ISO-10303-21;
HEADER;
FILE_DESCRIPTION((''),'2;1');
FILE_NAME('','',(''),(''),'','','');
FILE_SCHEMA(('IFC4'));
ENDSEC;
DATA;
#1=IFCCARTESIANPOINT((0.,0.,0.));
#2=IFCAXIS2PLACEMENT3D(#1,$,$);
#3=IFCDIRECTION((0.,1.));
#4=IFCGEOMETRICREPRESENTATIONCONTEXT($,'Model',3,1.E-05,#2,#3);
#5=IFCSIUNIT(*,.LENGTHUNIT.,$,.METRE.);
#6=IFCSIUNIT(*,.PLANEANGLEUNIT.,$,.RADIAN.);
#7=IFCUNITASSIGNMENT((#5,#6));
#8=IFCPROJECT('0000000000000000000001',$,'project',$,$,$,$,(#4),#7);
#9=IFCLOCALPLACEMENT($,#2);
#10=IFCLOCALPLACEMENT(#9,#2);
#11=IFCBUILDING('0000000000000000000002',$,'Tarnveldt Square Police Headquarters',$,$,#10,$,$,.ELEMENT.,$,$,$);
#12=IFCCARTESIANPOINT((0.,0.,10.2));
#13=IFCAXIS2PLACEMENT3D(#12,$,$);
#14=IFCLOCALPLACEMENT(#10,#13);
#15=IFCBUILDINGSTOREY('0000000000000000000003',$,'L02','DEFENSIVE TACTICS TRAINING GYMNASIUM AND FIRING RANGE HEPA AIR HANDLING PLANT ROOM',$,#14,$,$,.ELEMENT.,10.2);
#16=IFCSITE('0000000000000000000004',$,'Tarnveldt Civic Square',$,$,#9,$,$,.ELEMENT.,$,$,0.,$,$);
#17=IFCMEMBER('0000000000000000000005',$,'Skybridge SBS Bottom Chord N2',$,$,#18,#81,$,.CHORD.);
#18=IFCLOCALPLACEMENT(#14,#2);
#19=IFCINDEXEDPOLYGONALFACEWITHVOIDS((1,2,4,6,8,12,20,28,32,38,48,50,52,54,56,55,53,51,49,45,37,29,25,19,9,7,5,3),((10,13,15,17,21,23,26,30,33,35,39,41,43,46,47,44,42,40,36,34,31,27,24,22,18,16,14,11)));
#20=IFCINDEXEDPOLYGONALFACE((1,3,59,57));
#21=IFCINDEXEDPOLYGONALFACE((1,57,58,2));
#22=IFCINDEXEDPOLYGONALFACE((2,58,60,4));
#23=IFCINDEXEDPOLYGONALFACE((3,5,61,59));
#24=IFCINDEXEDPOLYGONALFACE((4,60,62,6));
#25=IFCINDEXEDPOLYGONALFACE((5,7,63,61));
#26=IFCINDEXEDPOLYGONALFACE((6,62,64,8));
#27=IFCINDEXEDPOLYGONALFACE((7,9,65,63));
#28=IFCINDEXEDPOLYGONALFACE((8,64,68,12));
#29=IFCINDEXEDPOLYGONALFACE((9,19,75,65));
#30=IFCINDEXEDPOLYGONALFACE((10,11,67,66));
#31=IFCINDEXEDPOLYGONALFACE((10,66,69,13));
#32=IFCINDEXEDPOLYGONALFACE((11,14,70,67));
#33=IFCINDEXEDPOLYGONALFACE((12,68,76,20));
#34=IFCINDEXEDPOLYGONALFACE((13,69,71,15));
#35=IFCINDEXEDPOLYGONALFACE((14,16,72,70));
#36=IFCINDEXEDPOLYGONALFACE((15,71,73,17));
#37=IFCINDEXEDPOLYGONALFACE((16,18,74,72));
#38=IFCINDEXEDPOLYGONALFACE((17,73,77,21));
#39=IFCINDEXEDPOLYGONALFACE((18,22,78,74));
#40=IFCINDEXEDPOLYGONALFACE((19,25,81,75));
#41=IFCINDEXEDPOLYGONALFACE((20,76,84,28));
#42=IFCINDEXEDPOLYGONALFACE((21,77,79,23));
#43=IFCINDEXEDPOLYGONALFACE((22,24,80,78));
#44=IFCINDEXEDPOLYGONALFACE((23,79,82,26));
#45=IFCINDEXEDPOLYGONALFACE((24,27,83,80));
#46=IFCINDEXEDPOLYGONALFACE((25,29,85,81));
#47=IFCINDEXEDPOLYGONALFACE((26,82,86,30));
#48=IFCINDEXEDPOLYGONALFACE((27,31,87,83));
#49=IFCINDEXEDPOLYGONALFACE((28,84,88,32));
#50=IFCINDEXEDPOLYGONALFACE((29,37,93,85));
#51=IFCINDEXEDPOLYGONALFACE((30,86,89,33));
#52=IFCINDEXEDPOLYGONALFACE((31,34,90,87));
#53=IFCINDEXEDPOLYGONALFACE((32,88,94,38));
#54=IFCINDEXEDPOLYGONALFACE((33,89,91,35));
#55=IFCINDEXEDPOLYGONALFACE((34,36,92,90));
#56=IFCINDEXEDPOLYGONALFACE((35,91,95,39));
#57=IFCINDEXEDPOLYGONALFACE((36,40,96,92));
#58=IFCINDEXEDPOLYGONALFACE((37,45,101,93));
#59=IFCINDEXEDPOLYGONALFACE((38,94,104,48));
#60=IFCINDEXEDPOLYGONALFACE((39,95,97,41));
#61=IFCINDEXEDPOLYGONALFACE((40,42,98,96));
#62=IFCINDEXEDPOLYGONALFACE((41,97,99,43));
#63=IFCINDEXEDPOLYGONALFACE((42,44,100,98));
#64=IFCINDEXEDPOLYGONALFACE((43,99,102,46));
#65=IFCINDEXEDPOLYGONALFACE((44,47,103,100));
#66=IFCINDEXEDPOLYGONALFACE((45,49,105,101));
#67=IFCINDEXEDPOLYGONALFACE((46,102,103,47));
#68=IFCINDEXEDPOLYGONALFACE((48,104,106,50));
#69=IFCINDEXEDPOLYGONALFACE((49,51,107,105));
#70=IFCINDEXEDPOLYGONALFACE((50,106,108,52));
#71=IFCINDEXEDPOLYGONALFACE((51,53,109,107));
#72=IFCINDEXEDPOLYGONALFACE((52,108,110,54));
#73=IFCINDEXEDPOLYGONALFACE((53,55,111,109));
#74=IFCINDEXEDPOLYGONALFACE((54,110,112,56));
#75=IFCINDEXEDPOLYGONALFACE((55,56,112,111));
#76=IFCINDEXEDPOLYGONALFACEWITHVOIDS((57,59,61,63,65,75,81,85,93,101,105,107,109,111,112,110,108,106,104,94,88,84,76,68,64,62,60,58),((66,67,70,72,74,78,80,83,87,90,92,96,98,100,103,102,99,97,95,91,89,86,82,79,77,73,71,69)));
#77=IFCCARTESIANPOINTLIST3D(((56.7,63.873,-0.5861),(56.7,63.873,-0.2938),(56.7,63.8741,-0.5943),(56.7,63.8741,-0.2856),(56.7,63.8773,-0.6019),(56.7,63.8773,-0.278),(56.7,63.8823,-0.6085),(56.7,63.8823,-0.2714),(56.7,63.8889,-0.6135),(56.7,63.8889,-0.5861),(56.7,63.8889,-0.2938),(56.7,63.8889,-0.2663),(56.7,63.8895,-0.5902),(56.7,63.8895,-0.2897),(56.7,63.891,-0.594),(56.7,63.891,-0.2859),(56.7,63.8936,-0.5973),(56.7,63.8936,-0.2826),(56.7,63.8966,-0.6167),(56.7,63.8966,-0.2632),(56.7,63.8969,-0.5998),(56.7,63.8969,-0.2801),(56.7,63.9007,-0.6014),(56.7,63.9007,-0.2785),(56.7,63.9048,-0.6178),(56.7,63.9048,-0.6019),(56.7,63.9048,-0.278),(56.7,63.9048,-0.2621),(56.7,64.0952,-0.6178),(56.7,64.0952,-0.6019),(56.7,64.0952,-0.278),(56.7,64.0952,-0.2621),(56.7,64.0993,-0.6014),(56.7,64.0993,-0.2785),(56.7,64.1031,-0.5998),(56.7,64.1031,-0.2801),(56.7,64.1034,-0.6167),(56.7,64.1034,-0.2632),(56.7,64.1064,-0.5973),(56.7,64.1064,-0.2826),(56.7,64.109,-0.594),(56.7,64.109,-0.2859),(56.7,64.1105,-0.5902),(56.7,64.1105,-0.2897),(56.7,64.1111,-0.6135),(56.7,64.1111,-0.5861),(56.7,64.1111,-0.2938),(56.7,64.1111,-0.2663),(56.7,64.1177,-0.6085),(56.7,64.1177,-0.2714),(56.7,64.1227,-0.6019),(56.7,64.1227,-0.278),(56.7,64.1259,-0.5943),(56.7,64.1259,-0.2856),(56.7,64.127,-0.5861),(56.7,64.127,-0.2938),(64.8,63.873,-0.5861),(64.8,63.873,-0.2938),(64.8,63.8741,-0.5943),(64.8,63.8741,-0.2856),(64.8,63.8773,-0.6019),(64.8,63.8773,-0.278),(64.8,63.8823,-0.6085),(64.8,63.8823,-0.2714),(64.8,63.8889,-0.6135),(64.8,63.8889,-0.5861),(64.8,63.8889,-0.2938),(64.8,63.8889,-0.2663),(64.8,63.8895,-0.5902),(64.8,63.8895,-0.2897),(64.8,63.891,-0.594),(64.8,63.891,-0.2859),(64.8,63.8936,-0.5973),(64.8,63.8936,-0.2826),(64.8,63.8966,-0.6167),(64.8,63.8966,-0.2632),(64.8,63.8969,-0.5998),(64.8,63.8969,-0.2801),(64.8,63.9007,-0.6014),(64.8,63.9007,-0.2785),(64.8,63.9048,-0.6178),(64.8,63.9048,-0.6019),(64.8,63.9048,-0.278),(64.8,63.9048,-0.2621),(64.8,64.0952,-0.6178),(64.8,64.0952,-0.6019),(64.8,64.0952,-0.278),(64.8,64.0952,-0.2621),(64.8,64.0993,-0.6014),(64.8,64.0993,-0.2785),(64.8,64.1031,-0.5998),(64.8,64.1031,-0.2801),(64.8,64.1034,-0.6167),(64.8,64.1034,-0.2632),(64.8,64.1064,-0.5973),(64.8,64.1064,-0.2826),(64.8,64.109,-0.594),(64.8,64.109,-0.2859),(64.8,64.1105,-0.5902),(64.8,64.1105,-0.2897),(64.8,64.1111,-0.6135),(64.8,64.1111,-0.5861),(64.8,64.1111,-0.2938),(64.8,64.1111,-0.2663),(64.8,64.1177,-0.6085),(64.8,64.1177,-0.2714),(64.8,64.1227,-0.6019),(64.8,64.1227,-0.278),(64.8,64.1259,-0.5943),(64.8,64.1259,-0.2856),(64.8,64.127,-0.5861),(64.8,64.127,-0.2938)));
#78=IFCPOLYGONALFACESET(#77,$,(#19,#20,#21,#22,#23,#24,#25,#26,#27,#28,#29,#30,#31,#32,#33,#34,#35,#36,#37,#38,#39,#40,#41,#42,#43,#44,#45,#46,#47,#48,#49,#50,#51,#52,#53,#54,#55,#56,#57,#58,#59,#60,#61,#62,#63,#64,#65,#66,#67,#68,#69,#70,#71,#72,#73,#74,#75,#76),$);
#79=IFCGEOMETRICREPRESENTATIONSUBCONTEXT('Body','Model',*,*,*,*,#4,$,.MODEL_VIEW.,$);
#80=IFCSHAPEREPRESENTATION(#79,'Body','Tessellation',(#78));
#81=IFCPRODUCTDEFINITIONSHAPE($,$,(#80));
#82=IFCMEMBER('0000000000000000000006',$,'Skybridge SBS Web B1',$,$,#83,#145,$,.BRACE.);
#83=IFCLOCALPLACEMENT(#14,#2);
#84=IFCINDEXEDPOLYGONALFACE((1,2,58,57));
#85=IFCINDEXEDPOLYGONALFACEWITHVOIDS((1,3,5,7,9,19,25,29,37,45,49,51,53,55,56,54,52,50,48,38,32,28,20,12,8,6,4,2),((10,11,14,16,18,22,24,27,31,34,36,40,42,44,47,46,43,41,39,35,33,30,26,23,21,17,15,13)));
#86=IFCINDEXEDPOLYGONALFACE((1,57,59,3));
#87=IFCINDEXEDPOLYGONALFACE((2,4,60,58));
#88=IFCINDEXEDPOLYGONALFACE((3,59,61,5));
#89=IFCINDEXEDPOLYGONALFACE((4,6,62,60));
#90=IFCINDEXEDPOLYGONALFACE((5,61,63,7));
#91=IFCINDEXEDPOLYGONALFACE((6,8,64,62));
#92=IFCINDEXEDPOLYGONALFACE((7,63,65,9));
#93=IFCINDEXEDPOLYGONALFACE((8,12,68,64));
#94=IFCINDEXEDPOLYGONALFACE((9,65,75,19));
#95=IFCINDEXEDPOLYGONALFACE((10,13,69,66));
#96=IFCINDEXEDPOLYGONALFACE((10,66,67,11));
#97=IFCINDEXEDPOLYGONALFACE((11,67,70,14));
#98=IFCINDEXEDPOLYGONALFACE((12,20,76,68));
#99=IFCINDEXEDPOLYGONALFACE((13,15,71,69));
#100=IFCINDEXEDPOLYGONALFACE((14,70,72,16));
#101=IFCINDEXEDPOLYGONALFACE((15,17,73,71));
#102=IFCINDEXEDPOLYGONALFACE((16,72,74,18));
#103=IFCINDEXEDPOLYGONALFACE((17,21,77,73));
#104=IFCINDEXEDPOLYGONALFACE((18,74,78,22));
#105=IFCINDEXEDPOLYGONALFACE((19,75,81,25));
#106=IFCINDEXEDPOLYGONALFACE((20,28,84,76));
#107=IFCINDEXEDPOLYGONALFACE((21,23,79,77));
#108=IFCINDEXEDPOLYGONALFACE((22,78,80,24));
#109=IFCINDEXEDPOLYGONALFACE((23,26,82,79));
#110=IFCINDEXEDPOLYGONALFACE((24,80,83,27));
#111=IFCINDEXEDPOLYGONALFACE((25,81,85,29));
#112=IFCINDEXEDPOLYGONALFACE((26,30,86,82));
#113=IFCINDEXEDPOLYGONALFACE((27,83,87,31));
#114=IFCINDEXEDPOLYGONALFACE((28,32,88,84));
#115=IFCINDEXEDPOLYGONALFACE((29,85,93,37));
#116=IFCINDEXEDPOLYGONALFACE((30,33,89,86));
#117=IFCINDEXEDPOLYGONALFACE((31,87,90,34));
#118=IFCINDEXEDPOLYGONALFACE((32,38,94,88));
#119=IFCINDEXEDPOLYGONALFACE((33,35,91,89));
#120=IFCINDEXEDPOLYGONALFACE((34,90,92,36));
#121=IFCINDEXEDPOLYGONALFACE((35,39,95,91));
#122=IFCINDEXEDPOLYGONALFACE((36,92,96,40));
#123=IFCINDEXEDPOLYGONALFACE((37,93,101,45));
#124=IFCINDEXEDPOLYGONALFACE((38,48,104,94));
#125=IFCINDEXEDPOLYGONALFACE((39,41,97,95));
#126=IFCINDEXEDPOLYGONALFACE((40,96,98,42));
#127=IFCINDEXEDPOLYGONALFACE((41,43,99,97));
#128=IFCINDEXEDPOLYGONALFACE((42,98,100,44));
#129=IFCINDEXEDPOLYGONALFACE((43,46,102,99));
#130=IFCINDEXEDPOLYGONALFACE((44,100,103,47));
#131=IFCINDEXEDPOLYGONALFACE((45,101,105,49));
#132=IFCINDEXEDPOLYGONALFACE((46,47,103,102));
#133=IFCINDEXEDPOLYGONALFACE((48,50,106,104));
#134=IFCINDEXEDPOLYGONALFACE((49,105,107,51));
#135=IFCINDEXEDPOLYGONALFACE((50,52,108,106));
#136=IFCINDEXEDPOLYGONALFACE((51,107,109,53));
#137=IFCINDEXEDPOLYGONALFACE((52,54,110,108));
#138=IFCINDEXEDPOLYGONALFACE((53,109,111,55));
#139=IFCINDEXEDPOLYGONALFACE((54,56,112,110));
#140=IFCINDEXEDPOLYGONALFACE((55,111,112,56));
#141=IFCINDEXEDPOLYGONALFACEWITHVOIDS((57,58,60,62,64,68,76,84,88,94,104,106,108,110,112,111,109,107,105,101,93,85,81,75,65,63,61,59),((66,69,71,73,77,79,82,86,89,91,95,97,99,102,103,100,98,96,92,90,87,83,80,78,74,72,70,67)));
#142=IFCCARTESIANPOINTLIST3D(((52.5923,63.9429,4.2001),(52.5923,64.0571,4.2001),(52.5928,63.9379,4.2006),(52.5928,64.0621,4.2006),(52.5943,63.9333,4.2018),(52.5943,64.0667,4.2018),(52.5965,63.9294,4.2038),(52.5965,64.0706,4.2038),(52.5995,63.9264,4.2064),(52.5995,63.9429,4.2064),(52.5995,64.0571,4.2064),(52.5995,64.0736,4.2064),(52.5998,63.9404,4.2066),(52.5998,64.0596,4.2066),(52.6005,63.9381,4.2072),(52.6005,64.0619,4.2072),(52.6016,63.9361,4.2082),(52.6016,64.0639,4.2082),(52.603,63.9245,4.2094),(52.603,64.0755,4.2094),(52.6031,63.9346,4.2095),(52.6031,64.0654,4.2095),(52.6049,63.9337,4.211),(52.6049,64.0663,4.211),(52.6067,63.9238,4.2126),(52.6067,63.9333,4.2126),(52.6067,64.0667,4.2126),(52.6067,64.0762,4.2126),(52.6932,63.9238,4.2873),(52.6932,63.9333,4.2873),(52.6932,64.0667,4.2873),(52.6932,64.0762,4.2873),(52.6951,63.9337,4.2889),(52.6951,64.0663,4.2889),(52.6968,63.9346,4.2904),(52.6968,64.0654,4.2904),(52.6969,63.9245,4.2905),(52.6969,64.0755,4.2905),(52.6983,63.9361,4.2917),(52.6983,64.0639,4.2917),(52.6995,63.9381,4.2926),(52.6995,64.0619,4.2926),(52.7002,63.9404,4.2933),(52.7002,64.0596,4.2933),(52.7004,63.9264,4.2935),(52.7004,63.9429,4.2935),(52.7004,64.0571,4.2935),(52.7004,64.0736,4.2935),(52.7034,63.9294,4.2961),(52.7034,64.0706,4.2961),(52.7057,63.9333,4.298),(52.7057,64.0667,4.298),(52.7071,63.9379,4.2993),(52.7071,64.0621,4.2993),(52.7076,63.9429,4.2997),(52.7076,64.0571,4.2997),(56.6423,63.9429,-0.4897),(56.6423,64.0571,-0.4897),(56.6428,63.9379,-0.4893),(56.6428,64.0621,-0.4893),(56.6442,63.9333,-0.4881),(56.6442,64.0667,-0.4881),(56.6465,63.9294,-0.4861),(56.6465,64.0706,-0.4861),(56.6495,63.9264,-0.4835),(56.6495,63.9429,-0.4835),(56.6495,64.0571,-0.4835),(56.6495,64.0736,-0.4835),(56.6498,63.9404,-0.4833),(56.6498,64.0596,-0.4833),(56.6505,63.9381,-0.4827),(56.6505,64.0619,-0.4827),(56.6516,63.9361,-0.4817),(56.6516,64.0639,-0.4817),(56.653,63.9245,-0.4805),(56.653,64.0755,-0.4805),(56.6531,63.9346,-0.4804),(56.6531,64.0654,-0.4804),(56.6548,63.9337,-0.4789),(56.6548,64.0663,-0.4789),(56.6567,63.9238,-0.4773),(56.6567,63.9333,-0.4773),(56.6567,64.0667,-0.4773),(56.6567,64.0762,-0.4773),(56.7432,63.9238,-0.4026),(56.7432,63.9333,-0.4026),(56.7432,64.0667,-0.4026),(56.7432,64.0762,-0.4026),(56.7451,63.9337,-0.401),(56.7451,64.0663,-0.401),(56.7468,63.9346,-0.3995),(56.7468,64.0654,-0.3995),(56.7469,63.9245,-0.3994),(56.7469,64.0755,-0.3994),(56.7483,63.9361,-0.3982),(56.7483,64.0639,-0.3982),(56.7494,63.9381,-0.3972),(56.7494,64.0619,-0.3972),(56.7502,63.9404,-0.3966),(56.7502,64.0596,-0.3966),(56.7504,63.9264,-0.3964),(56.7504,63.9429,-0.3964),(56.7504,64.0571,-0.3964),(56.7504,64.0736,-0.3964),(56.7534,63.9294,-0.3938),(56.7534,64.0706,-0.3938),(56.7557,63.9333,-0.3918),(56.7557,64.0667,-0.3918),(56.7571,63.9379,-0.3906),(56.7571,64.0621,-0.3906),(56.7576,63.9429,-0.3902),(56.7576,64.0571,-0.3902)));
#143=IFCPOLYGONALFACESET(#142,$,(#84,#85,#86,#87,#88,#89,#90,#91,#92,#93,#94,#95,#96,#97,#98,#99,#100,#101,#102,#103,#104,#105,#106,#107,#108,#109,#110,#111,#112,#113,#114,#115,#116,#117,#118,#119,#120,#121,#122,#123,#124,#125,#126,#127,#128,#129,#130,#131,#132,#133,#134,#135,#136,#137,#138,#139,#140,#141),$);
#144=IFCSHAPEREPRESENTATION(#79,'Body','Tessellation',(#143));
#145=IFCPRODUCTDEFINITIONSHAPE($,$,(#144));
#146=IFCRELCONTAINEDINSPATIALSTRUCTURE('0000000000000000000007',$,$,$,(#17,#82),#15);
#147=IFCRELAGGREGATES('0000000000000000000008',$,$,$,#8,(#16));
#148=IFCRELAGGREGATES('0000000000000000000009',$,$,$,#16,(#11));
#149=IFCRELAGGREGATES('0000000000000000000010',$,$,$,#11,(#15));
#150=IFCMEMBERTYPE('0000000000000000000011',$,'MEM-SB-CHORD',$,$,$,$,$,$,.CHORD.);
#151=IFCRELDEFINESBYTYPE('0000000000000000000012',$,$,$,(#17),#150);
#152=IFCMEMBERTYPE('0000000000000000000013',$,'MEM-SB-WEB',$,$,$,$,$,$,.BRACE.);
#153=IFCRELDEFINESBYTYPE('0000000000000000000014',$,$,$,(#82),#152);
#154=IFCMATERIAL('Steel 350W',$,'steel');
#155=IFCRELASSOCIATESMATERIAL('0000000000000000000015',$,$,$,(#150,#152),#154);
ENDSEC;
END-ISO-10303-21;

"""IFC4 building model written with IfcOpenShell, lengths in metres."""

from ifc_helpers import new_model, si_unit, direction, frame, origin, origin_2d, place, context, subcontext, project, spatial, hollow_rectangle, extrude, material, material_profile, profile_set, type_object, element, save


model = new_model("IFC4")

# Units and contexts
model_context = context("Model", 3, precision=1e-05, world=origin(), true_north=direction((0.0, 1.0)))
body_context = subcontext(model_context, "Body", "Model", "MODEL_VIEW")
ifc_project = project(units=[si_unit("LENGTHUNIT", "METRE"), si_unit("PLANEANGLEUNIT", "RADIAN")], contexts=[model_context])

# Site, building, storey
site_placement = place(None, origin())
site = spatial("IfcSite", under=ifc_project, at=site_placement, Name="Tarnveldt Civic Square", CompositionType="ELEMENT", RefElevation=0.0)
building_placement = place(site_placement, origin())
building = spatial("IfcBuilding", under=site, at=building_placement, Name="Tarnveldt Square Police Headquarters", CompositionType="ELEMENT")
storey_placement = place(building_placement, frame((0.0, 0.0, 10.2)))
storey = spatial("IfcBuildingStorey", under=building, at=storey_placement, Name="L02", Description="DEFENSIVE TACTICS TRAINING GYMNASIUM AND FIRING RANGE HEPA AIR HANDLING PLANT ROOM", CompositionType="ELEMENT", Elevation=10.2)

# Members
ifc_material_1 = material(Name="Steel 350W", Category="steel")
ifc_material_profile_1 = material_profile(ifc_material_1, hollow_rectangle(XDim=0.2539, YDim=0.3557, WallThickness=0.0159, InnerFilletRadius=0.0159, OuterFilletRadius=0.0317, at=origin_2d()), Name="HSS356x254x16")
ifc_profile_set_1 = profile_set([ifc_material_profile_1], Name="Steel 350W")
member_type_1 = type_object("IfcMemberType", Name="MEM-SB-CHORD", PredefinedType="CHORD", material=ifc_profile_set_1)
member_1_placement = place(storey_placement, frame((56.7, 64.0, -0.4399), z_axis=(1.0, 0.0, 0.0), x_axis=(0.0, 1.0, 0.0)))
element("IfcMember", 1, at=member_1_placement, inside=storey, type_object=member_type_1, Name="Skybridge SBS Bottom Chord N2", PredefinedType="CHORD", context=body_context, shape_type="SweptSolid", body=[
    extrude(hollow_rectangle(XDim=0.2539, YDim=0.3557, WallThickness=0.0159, InnerFilletRadius=0.0159, OuterFilletRadius=0.0317, at=origin_2d()), origin(), (0.0, 0.0, 1.0), 8.1001),
])
ifc_material_profile_2 = material_profile(ifc_material_1, hollow_rectangle(XDim=0.1523, YDim=0.1523, WallThickness=0.0095, InnerFilletRadius=0.0095, OuterFilletRadius=0.019, at=origin_2d()), Name="HSS152x152x9.5")
ifc_profile_set_2 = profile_set([ifc_material_profile_2], Name="Steel 350W")
member_type_2 = type_object("IfcMemberType", Name="MEM-SB-WEB", PredefinedType="BRACE", material=ifc_profile_set_2)
for number, where, z_axis, x_axis, name in (
    (2, (56.7, 64.0, -0.4399), (-0.653587, 0.0, 0.756851), (0.0, -1.0, 0.0), "Skybridge SBS Web B1"),
):
    element("IfcMember", number, at=place(storey_placement, frame(where, z_axis=z_axis, x_axis=x_axis)), inside=storey, type_object=member_type_2, Name=name, PredefinedType="BRACE", context=body_context, shape_type="SweptSolid", body=[
        extrude(hollow_rectangle(XDim=0.1523, YDim=0.1523, WallThickness=0.0095, InnerFilletRadius=0.0095, OuterFilletRadius=0.019, at=origin_2d()), origin(), (0.0, 0.0, 1.0), 6.1965),
    ])

save(model, "model.ifc")
